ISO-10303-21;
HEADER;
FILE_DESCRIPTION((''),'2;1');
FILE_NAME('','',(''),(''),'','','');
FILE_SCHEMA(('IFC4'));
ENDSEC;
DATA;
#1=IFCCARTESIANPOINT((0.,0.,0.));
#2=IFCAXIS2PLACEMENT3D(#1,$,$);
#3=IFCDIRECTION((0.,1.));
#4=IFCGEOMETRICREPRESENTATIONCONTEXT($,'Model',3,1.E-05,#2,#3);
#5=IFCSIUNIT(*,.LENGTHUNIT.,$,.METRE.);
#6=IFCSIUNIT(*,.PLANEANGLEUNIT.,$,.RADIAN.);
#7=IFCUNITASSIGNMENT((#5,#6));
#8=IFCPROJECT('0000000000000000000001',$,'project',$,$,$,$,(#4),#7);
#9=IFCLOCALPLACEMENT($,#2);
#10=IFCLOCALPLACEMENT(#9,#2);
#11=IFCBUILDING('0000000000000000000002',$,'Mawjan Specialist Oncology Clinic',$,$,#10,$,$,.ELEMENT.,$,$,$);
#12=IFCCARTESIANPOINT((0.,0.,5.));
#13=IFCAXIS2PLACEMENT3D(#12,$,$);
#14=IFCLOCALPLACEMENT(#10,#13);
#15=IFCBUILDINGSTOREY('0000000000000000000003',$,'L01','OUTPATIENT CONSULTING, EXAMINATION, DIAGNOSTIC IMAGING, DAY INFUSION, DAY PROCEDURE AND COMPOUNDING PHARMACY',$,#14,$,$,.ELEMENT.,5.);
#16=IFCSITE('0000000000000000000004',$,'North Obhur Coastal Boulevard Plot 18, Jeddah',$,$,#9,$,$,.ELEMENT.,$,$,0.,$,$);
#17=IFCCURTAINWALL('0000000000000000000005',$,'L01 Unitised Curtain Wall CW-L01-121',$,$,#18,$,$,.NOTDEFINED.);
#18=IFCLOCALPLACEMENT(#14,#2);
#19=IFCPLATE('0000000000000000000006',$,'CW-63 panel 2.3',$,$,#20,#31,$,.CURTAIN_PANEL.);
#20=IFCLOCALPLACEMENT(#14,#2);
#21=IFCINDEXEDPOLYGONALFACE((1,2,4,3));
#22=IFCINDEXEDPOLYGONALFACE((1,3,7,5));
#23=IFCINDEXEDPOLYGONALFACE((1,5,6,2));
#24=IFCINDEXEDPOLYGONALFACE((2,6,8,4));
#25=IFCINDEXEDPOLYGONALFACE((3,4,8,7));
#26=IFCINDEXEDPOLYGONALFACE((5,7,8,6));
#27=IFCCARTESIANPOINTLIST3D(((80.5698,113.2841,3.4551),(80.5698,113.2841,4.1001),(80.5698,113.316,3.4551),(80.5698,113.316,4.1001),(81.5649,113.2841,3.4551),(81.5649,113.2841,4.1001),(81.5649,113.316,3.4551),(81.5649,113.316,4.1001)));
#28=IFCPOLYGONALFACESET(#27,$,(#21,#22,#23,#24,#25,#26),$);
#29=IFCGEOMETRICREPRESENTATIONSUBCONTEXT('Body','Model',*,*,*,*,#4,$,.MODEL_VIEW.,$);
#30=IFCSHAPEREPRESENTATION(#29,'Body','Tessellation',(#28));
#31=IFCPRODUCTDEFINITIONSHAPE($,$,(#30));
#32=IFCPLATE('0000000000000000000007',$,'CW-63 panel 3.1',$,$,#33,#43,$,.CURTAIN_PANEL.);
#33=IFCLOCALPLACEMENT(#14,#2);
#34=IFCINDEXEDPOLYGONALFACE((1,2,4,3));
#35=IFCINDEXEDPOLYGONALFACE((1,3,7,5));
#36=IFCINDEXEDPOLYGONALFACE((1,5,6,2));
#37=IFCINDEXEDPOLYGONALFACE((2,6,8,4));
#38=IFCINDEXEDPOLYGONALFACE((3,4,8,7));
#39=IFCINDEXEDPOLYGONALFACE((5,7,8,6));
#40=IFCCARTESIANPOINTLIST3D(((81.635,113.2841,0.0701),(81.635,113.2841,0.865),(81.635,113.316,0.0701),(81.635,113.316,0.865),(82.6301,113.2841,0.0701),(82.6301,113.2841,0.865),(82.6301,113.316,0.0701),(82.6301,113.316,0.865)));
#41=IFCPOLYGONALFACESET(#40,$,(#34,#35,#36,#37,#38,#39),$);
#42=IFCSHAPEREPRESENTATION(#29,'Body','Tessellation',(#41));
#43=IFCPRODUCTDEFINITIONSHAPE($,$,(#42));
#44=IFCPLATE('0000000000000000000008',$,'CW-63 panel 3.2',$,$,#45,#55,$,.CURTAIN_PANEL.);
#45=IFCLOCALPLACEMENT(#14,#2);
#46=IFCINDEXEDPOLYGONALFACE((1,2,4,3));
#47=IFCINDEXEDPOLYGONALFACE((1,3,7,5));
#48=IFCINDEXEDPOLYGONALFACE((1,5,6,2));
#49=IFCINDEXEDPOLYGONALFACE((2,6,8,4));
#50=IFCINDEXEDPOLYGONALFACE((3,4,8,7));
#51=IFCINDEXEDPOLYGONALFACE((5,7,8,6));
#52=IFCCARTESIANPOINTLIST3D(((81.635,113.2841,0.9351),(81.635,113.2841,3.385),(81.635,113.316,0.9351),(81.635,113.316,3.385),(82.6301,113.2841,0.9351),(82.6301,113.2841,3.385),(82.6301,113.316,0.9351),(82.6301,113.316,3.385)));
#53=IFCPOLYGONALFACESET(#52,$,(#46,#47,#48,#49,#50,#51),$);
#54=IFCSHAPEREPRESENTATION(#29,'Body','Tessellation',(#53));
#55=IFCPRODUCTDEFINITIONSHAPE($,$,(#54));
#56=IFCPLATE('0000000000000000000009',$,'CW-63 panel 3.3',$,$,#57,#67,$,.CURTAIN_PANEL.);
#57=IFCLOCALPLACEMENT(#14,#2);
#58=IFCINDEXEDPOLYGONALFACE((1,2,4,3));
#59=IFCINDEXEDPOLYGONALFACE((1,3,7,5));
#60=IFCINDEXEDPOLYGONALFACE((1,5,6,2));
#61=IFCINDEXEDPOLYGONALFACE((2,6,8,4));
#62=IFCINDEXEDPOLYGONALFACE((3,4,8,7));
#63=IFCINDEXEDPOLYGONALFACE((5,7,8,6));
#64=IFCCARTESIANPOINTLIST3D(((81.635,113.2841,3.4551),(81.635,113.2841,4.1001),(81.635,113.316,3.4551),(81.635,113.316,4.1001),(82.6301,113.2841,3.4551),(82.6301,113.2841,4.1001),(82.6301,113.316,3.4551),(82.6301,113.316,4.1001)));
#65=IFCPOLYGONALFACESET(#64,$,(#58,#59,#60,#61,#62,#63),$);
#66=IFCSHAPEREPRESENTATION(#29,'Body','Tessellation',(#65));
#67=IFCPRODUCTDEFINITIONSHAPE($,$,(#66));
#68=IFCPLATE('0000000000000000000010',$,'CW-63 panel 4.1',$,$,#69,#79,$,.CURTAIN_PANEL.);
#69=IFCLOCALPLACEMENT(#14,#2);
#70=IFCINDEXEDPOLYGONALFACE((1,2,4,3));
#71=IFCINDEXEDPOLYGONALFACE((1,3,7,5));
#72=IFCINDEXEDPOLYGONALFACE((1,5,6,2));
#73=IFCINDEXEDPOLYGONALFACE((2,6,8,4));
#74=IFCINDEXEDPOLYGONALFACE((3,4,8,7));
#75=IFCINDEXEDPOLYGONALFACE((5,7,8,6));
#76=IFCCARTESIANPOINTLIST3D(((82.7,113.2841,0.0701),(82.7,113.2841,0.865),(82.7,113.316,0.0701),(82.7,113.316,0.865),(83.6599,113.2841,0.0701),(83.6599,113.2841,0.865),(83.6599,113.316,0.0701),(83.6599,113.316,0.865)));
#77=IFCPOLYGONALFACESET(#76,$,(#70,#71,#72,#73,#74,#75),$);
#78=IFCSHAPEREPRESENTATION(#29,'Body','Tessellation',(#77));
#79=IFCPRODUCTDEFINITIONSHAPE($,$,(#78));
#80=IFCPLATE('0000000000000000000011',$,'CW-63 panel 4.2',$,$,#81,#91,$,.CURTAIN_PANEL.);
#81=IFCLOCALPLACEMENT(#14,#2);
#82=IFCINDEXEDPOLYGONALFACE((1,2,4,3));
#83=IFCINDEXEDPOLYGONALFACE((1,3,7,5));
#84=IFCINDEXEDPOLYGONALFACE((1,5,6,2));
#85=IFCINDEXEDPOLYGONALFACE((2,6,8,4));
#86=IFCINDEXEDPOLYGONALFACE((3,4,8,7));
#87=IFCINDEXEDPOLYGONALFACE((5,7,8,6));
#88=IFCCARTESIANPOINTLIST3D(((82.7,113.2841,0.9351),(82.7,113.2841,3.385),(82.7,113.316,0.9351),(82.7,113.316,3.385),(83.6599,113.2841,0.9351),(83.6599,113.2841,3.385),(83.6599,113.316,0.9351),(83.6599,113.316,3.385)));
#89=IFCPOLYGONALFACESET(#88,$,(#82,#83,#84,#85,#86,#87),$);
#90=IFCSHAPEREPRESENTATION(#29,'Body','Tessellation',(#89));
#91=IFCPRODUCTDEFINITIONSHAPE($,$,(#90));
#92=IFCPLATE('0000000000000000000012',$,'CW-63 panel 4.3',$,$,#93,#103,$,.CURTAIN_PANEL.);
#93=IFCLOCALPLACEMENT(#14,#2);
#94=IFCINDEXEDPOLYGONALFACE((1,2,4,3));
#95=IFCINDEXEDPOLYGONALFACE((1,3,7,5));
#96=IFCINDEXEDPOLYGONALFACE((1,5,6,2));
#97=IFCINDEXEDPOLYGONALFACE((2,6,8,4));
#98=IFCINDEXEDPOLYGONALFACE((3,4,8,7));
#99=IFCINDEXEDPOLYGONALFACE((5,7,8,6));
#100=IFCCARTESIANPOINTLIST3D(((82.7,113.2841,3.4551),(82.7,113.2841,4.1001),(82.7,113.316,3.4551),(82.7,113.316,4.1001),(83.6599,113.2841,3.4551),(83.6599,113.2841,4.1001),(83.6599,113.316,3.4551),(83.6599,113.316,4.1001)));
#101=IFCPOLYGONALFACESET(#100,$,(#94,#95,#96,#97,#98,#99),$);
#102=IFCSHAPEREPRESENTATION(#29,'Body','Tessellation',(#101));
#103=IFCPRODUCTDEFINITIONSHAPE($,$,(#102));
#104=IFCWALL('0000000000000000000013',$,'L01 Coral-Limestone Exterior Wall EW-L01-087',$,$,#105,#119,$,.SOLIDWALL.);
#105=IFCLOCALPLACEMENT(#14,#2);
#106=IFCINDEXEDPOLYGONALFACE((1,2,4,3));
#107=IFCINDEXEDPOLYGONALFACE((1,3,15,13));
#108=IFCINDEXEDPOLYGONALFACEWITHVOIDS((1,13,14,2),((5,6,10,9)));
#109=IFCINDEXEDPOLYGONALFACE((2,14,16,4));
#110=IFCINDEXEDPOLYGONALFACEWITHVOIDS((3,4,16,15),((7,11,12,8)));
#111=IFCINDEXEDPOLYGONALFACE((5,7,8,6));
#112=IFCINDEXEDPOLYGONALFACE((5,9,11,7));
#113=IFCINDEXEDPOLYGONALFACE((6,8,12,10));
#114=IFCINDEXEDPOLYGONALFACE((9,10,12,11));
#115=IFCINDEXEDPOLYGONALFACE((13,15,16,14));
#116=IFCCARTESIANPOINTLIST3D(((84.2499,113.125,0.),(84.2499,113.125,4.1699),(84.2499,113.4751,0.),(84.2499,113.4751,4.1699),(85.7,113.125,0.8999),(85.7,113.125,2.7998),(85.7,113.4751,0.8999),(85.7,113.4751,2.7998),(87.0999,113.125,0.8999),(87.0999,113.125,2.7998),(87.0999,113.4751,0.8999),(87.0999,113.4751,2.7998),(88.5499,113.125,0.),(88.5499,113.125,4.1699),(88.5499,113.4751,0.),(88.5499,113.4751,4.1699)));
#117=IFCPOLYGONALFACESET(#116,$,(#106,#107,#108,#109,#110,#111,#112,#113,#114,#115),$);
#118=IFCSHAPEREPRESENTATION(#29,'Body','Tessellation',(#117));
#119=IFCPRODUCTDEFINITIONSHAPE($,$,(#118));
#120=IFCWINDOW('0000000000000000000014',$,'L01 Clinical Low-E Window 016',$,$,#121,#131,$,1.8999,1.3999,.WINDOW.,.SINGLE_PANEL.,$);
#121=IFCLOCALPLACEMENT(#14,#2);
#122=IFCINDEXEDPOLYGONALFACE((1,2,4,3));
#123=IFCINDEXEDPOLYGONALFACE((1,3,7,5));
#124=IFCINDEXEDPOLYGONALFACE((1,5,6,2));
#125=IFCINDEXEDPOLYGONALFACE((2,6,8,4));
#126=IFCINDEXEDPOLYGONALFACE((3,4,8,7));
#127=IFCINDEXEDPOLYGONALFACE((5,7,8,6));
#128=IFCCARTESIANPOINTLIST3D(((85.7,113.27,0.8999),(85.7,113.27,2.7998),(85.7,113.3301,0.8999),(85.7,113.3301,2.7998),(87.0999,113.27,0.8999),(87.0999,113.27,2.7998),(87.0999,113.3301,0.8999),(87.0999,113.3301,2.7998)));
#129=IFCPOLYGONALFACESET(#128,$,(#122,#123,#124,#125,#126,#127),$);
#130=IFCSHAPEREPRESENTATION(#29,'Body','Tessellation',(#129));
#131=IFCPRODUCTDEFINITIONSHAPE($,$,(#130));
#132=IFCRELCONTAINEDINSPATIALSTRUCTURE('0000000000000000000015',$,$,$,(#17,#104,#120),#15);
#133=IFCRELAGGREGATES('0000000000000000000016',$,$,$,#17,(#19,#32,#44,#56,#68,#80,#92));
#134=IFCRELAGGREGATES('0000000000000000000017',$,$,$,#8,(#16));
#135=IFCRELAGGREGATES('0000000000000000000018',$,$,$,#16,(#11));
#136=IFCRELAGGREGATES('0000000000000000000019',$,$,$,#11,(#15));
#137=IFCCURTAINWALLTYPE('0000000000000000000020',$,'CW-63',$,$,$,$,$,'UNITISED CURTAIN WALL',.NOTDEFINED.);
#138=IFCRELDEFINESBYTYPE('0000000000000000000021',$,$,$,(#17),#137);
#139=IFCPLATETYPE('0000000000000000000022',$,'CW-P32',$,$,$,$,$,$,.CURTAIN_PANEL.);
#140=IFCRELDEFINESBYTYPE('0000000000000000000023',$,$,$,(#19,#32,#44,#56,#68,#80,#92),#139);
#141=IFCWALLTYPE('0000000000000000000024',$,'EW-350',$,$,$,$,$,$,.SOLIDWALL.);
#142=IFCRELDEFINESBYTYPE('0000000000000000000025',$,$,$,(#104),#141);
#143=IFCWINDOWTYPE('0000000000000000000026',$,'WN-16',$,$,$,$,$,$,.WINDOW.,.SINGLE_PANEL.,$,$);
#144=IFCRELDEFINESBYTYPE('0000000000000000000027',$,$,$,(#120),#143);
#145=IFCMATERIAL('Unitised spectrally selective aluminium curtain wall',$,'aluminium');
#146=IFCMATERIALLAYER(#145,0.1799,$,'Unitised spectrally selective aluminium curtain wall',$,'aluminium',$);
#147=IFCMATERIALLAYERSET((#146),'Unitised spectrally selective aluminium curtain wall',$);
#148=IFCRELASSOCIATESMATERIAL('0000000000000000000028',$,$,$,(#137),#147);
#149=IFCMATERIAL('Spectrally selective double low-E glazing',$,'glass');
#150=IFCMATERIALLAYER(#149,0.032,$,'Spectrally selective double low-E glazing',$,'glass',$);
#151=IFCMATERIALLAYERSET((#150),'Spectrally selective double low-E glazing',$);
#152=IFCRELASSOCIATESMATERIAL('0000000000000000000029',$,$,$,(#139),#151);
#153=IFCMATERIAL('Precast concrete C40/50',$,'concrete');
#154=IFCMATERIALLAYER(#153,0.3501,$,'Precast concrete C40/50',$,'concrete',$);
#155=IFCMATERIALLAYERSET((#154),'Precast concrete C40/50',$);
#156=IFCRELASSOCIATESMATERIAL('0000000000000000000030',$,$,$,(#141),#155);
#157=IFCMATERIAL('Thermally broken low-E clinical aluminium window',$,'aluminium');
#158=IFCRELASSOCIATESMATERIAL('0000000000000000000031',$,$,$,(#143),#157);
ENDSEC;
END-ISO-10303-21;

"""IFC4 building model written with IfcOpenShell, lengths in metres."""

from ifc_helpers import new_model, si_unit, direction, frame, frame_2d, origin, origin_2d, place, context, subcontext, project, spatial, rectangle, extrude, material, layer, layer_set, type_object, element, fill, aggregate, save


model = new_model("IFC4")

# Units and contexts
model_context = context("Model", 3, precision=1e-05, world=origin(), true_north=direction((0.0, 1.0)))
body_context = subcontext(model_context, "Body", "Model", "MODEL_VIEW")
ifc_project = project(units=[si_unit("LENGTHUNIT", "METRE"), si_unit("PLANEANGLEUNIT", "RADIAN")], contexts=[model_context])

# Site, building, storey
site_placement = place(None, origin())
site = spatial("IfcSite", under=ifc_project, at=site_placement, Name="North Obhur Coastal Boulevard Plot 18, Jeddah", CompositionType="ELEMENT", RefElevation=0.0)
building_placement = place(site_placement, origin())
building = spatial("IfcBuilding", under=site, at=building_placement, Name="Mawjan Specialist Oncology Clinic", CompositionType="ELEMENT")
storey_placement = place(building_placement, frame((0.0, 0.0, 5.0)))
storey = spatial("IfcBuildingStorey", under=building, at=storey_placement, Name="L01", Description="OUTPATIENT CONSULTING, EXAMINATION, DIAGNOSTIC IMAGING, DAY INFUSION, DAY PROCEDURE AND COMPOUNDING PHARMACY", CompositionType="ELEMENT", Elevation=5.0)

# Curtain wall
ifc_material_1 = material(Name="Unitised spectrally selective aluminium curtain wall", Category="aluminium")
ifc_layer_1 = layer(ifc_material_1, 0.1799, Name="Unitised spectrally selective aluminium curtain wall", Category="aluminium")
ifc_layer_set_1 = layer_set([ifc_layer_1], Name="Unitised spectrally selective aluminium curtain wall")
curtain_wall_type = type_object("IfcCurtainWallType", Name="CW-63", ElementType="UNITISED CURTAIN WALL", PredefinedType="NOTDEFINED", material=ifc_layer_set_1)
curtain_wall_1_placement = place(storey_placement, origin())
curtain_wall_1 = element("IfcCurtainWall", 1, at=curtain_wall_1_placement, inside=storey, type_object=curtain_wall_type, Name="L01 Unitised Curtain Wall CW-L01-121", PredefinedType="NOTDEFINED")

# Plates
ifc_material_2 = material(Name="Spectrally selective double low-E glazing", Category="glass")
ifc_layer_2 = layer(ifc_material_2, 0.032, Name="Spectrally selective double low-E glazing", Category="glass")
ifc_layer_set_2 = layer_set([ifc_layer_2], Name="Spectrally selective double low-E glazing")
plate_type = type_object("IfcPlateType", Name="CW-P32", PredefinedType="CURTAIN_PANEL", material=ifc_layer_set_2)
plate_1_placement = place(storey_placement, frame((81.0674, 113.3, 3.4551), z_axis=(0.0, 0.0, 1.0), x_axis=(1.0, 0.0, 0.0)))
plate_1 = element("IfcPlate", 2, at=plate_1_placement, type_object=plate_type, Name="CW-63 panel 2.3", PredefinedType="CURTAIN_PANEL", context=body_context, shape_type="SweptSolid", body=[
    extrude(rectangle(XDim=0.9951, YDim=0.032, at=origin_2d()), origin(), (0.0, 0.0, 1.0), 0.645),
])
plate_2_placement = place(storey_placement, frame((82.1326, 113.3, 0.0701), z_axis=(0.0, 0.0, 1.0), x_axis=(1.0, 0.0, 0.0)))
plate_2 = element("IfcPlate", 3, at=plate_2_placement, type_object=plate_type, Name="CW-63 panel 3.1", PredefinedType="CURTAIN_PANEL", context=body_context, shape_type="SweptSolid", body=[
    extrude(rectangle(XDim=0.9951, YDim=0.032, at=origin_2d()), origin(), (0.0, 0.0, 1.0), 0.7949),
])
plate_3_placement = place(storey_placement, frame((82.1326, 113.3, 0.9351), z_axis=(0.0, 0.0, 1.0), x_axis=(1.0, 0.0, 0.0)))
plate_3 = element("IfcPlate", 4, at=plate_3_placement, type_object=plate_type, Name="CW-63 panel 3.2", PredefinedType="CURTAIN_PANEL", context=body_context, shape_type="SweptSolid", body=[
    extrude(rectangle(XDim=0.9951, YDim=0.032, at=origin_2d()), origin(), (0.0, 0.0, 1.0), 2.45),
])
plate_4_placement = place(storey_placement, frame((82.1326, 113.3, 3.4551), z_axis=(0.0, 0.0, 1.0), x_axis=(1.0, 0.0, 0.0)))
plate_4 = element("IfcPlate", 5, at=plate_4_placement, type_object=plate_type, Name="CW-63 panel 3.3", PredefinedType="CURTAIN_PANEL", context=body_context, shape_type="SweptSolid", body=[
    extrude(rectangle(XDim=0.9951, YDim=0.032, at=origin_2d()), origin(), (0.0, 0.0, 1.0), 0.645),
])
plate_5_placement = place(storey_placement, frame((83.1799, 113.3, 0.0701), z_axis=(0.0, 0.0, 1.0), x_axis=(1.0, 0.0, 0.0)))
plate_5 = element("IfcPlate", 6, at=plate_5_placement, type_object=plate_type, Name="CW-63 panel 4.1", PredefinedType="CURTAIN_PANEL", context=body_context, shape_type="SweptSolid", body=[
    extrude(rectangle(XDim=0.96, YDim=0.032, at=origin_2d()), origin(), (0.0, 0.0, 1.0), 0.7949),
])
plate_6_placement = place(storey_placement, frame((83.1799, 113.3, 0.9351), z_axis=(0.0, 0.0, 1.0), x_axis=(1.0, 0.0, 0.0)))
plate_6 = element("IfcPlate", 7, at=plate_6_placement, type_object=plate_type, Name="CW-63 panel 4.2", PredefinedType="CURTAIN_PANEL", context=body_context, shape_type="SweptSolid", body=[
    extrude(rectangle(XDim=0.96, YDim=0.032, at=origin_2d()), origin(), (0.0, 0.0, 1.0), 2.45),
])
plate_7_placement = place(storey_placement, frame((83.1799, 113.3, 3.4551), z_axis=(0.0, 0.0, 1.0), x_axis=(1.0, 0.0, 0.0)))
plate_7 = element("IfcPlate", 8, at=plate_7_placement, type_object=plate_type, Name="CW-63 panel 4.3", PredefinedType="CURTAIN_PANEL", context=body_context, shape_type="SweptSolid", body=[
    extrude(rectangle(XDim=0.96, YDim=0.032, at=origin_2d()), origin(), (0.0, 0.0, 1.0), 0.645),
])
aggregate(curtain_wall_1, [plate_1, plate_2, plate_3, plate_4, plate_5, plate_6, plate_7])

# Wall, opening, window
ifc_material_3 = material(Name="Precast concrete C40/50", Category="concrete")
ifc_layer_3 = layer(ifc_material_3, 0.3501, Name="Precast concrete C40/50", Category="concrete")
ifc_layer_set_3 = layer_set([ifc_layer_3], Name="Precast concrete C40/50")
wall_type = type_object("IfcWallType", Name="EW-350", PredefinedType="SOLIDWALL", material=ifc_layer_set_3)
wall_placement = place(storey_placement, frame((84.25, 113.3, 0.0), z_axis=(0.0, 0.0, 1.0), x_axis=(1.0, 0.0, 0.0)))
wall = element("IfcWall", 9, at=wall_placement, inside=storey, type_object=wall_type, Name="L01 Coral-Limestone Exterior Wall EW-L01-087", PredefinedType="SOLIDWALL", context=body_context, shape_type="SweptSolid", body=[
    extrude(rectangle(XDim=4.3, YDim=0.3501, at=frame_2d((2.1499, 0.0))), origin(), (0.0, 0.0, 1.0), 4.1699),
])
opening_placement = place(wall_placement, frame((1.45, 0.0, 0.8999)))
opening = element("IfcOpeningElement", 10, at=opening_placement, cuts=wall, PredefinedType="OPENING", context=body_context, shape_type="SweptSolid", body=[
    extrude(rectangle(XDim=1.3999, YDim=1.8999, at=frame_2d((0.7, 0.95))), frame((0.0, 0.187, 0.0), z_axis=(0.0, -1.0, 0.0), x_axis=(1.0, 0.0, 0.0)), (0.0, 0.0, 1.0), 0.374),
])
ifc_material_4 = material(Name="Thermally broken low-E clinical aluminium window", Category="aluminium")
window_type = type_object("IfcWindowType", Name="WN-16", PartitioningType="SINGLE_PANEL", PredefinedType="WINDOW", material=ifc_material_4)
window_placement = place(opening_placement, origin())
window = element("IfcWindow", 11, at=window_placement, inside=storey, type_object=window_type, Name="L01 Clinical Low-E Window 016", OverallHeight=1.8999, OverallWidth=1.3999, PartitioningType="SINGLE_PANEL", PredefinedType="WINDOW", context=body_context, shape_type="SweptSolid", body=[
    extrude(rectangle(XDim=1.3999, YDim=1.8999, at=frame_2d((0.7, 0.95))), frame((0.0, 0.03, 0.0), z_axis=(0.0, -1.0, 0.0), x_axis=(1.0, 0.0, 0.0)), (0.0, 0.0, 1.0), 0.0601),
])
fill(opening, window)

save(model, "model.ifc")
